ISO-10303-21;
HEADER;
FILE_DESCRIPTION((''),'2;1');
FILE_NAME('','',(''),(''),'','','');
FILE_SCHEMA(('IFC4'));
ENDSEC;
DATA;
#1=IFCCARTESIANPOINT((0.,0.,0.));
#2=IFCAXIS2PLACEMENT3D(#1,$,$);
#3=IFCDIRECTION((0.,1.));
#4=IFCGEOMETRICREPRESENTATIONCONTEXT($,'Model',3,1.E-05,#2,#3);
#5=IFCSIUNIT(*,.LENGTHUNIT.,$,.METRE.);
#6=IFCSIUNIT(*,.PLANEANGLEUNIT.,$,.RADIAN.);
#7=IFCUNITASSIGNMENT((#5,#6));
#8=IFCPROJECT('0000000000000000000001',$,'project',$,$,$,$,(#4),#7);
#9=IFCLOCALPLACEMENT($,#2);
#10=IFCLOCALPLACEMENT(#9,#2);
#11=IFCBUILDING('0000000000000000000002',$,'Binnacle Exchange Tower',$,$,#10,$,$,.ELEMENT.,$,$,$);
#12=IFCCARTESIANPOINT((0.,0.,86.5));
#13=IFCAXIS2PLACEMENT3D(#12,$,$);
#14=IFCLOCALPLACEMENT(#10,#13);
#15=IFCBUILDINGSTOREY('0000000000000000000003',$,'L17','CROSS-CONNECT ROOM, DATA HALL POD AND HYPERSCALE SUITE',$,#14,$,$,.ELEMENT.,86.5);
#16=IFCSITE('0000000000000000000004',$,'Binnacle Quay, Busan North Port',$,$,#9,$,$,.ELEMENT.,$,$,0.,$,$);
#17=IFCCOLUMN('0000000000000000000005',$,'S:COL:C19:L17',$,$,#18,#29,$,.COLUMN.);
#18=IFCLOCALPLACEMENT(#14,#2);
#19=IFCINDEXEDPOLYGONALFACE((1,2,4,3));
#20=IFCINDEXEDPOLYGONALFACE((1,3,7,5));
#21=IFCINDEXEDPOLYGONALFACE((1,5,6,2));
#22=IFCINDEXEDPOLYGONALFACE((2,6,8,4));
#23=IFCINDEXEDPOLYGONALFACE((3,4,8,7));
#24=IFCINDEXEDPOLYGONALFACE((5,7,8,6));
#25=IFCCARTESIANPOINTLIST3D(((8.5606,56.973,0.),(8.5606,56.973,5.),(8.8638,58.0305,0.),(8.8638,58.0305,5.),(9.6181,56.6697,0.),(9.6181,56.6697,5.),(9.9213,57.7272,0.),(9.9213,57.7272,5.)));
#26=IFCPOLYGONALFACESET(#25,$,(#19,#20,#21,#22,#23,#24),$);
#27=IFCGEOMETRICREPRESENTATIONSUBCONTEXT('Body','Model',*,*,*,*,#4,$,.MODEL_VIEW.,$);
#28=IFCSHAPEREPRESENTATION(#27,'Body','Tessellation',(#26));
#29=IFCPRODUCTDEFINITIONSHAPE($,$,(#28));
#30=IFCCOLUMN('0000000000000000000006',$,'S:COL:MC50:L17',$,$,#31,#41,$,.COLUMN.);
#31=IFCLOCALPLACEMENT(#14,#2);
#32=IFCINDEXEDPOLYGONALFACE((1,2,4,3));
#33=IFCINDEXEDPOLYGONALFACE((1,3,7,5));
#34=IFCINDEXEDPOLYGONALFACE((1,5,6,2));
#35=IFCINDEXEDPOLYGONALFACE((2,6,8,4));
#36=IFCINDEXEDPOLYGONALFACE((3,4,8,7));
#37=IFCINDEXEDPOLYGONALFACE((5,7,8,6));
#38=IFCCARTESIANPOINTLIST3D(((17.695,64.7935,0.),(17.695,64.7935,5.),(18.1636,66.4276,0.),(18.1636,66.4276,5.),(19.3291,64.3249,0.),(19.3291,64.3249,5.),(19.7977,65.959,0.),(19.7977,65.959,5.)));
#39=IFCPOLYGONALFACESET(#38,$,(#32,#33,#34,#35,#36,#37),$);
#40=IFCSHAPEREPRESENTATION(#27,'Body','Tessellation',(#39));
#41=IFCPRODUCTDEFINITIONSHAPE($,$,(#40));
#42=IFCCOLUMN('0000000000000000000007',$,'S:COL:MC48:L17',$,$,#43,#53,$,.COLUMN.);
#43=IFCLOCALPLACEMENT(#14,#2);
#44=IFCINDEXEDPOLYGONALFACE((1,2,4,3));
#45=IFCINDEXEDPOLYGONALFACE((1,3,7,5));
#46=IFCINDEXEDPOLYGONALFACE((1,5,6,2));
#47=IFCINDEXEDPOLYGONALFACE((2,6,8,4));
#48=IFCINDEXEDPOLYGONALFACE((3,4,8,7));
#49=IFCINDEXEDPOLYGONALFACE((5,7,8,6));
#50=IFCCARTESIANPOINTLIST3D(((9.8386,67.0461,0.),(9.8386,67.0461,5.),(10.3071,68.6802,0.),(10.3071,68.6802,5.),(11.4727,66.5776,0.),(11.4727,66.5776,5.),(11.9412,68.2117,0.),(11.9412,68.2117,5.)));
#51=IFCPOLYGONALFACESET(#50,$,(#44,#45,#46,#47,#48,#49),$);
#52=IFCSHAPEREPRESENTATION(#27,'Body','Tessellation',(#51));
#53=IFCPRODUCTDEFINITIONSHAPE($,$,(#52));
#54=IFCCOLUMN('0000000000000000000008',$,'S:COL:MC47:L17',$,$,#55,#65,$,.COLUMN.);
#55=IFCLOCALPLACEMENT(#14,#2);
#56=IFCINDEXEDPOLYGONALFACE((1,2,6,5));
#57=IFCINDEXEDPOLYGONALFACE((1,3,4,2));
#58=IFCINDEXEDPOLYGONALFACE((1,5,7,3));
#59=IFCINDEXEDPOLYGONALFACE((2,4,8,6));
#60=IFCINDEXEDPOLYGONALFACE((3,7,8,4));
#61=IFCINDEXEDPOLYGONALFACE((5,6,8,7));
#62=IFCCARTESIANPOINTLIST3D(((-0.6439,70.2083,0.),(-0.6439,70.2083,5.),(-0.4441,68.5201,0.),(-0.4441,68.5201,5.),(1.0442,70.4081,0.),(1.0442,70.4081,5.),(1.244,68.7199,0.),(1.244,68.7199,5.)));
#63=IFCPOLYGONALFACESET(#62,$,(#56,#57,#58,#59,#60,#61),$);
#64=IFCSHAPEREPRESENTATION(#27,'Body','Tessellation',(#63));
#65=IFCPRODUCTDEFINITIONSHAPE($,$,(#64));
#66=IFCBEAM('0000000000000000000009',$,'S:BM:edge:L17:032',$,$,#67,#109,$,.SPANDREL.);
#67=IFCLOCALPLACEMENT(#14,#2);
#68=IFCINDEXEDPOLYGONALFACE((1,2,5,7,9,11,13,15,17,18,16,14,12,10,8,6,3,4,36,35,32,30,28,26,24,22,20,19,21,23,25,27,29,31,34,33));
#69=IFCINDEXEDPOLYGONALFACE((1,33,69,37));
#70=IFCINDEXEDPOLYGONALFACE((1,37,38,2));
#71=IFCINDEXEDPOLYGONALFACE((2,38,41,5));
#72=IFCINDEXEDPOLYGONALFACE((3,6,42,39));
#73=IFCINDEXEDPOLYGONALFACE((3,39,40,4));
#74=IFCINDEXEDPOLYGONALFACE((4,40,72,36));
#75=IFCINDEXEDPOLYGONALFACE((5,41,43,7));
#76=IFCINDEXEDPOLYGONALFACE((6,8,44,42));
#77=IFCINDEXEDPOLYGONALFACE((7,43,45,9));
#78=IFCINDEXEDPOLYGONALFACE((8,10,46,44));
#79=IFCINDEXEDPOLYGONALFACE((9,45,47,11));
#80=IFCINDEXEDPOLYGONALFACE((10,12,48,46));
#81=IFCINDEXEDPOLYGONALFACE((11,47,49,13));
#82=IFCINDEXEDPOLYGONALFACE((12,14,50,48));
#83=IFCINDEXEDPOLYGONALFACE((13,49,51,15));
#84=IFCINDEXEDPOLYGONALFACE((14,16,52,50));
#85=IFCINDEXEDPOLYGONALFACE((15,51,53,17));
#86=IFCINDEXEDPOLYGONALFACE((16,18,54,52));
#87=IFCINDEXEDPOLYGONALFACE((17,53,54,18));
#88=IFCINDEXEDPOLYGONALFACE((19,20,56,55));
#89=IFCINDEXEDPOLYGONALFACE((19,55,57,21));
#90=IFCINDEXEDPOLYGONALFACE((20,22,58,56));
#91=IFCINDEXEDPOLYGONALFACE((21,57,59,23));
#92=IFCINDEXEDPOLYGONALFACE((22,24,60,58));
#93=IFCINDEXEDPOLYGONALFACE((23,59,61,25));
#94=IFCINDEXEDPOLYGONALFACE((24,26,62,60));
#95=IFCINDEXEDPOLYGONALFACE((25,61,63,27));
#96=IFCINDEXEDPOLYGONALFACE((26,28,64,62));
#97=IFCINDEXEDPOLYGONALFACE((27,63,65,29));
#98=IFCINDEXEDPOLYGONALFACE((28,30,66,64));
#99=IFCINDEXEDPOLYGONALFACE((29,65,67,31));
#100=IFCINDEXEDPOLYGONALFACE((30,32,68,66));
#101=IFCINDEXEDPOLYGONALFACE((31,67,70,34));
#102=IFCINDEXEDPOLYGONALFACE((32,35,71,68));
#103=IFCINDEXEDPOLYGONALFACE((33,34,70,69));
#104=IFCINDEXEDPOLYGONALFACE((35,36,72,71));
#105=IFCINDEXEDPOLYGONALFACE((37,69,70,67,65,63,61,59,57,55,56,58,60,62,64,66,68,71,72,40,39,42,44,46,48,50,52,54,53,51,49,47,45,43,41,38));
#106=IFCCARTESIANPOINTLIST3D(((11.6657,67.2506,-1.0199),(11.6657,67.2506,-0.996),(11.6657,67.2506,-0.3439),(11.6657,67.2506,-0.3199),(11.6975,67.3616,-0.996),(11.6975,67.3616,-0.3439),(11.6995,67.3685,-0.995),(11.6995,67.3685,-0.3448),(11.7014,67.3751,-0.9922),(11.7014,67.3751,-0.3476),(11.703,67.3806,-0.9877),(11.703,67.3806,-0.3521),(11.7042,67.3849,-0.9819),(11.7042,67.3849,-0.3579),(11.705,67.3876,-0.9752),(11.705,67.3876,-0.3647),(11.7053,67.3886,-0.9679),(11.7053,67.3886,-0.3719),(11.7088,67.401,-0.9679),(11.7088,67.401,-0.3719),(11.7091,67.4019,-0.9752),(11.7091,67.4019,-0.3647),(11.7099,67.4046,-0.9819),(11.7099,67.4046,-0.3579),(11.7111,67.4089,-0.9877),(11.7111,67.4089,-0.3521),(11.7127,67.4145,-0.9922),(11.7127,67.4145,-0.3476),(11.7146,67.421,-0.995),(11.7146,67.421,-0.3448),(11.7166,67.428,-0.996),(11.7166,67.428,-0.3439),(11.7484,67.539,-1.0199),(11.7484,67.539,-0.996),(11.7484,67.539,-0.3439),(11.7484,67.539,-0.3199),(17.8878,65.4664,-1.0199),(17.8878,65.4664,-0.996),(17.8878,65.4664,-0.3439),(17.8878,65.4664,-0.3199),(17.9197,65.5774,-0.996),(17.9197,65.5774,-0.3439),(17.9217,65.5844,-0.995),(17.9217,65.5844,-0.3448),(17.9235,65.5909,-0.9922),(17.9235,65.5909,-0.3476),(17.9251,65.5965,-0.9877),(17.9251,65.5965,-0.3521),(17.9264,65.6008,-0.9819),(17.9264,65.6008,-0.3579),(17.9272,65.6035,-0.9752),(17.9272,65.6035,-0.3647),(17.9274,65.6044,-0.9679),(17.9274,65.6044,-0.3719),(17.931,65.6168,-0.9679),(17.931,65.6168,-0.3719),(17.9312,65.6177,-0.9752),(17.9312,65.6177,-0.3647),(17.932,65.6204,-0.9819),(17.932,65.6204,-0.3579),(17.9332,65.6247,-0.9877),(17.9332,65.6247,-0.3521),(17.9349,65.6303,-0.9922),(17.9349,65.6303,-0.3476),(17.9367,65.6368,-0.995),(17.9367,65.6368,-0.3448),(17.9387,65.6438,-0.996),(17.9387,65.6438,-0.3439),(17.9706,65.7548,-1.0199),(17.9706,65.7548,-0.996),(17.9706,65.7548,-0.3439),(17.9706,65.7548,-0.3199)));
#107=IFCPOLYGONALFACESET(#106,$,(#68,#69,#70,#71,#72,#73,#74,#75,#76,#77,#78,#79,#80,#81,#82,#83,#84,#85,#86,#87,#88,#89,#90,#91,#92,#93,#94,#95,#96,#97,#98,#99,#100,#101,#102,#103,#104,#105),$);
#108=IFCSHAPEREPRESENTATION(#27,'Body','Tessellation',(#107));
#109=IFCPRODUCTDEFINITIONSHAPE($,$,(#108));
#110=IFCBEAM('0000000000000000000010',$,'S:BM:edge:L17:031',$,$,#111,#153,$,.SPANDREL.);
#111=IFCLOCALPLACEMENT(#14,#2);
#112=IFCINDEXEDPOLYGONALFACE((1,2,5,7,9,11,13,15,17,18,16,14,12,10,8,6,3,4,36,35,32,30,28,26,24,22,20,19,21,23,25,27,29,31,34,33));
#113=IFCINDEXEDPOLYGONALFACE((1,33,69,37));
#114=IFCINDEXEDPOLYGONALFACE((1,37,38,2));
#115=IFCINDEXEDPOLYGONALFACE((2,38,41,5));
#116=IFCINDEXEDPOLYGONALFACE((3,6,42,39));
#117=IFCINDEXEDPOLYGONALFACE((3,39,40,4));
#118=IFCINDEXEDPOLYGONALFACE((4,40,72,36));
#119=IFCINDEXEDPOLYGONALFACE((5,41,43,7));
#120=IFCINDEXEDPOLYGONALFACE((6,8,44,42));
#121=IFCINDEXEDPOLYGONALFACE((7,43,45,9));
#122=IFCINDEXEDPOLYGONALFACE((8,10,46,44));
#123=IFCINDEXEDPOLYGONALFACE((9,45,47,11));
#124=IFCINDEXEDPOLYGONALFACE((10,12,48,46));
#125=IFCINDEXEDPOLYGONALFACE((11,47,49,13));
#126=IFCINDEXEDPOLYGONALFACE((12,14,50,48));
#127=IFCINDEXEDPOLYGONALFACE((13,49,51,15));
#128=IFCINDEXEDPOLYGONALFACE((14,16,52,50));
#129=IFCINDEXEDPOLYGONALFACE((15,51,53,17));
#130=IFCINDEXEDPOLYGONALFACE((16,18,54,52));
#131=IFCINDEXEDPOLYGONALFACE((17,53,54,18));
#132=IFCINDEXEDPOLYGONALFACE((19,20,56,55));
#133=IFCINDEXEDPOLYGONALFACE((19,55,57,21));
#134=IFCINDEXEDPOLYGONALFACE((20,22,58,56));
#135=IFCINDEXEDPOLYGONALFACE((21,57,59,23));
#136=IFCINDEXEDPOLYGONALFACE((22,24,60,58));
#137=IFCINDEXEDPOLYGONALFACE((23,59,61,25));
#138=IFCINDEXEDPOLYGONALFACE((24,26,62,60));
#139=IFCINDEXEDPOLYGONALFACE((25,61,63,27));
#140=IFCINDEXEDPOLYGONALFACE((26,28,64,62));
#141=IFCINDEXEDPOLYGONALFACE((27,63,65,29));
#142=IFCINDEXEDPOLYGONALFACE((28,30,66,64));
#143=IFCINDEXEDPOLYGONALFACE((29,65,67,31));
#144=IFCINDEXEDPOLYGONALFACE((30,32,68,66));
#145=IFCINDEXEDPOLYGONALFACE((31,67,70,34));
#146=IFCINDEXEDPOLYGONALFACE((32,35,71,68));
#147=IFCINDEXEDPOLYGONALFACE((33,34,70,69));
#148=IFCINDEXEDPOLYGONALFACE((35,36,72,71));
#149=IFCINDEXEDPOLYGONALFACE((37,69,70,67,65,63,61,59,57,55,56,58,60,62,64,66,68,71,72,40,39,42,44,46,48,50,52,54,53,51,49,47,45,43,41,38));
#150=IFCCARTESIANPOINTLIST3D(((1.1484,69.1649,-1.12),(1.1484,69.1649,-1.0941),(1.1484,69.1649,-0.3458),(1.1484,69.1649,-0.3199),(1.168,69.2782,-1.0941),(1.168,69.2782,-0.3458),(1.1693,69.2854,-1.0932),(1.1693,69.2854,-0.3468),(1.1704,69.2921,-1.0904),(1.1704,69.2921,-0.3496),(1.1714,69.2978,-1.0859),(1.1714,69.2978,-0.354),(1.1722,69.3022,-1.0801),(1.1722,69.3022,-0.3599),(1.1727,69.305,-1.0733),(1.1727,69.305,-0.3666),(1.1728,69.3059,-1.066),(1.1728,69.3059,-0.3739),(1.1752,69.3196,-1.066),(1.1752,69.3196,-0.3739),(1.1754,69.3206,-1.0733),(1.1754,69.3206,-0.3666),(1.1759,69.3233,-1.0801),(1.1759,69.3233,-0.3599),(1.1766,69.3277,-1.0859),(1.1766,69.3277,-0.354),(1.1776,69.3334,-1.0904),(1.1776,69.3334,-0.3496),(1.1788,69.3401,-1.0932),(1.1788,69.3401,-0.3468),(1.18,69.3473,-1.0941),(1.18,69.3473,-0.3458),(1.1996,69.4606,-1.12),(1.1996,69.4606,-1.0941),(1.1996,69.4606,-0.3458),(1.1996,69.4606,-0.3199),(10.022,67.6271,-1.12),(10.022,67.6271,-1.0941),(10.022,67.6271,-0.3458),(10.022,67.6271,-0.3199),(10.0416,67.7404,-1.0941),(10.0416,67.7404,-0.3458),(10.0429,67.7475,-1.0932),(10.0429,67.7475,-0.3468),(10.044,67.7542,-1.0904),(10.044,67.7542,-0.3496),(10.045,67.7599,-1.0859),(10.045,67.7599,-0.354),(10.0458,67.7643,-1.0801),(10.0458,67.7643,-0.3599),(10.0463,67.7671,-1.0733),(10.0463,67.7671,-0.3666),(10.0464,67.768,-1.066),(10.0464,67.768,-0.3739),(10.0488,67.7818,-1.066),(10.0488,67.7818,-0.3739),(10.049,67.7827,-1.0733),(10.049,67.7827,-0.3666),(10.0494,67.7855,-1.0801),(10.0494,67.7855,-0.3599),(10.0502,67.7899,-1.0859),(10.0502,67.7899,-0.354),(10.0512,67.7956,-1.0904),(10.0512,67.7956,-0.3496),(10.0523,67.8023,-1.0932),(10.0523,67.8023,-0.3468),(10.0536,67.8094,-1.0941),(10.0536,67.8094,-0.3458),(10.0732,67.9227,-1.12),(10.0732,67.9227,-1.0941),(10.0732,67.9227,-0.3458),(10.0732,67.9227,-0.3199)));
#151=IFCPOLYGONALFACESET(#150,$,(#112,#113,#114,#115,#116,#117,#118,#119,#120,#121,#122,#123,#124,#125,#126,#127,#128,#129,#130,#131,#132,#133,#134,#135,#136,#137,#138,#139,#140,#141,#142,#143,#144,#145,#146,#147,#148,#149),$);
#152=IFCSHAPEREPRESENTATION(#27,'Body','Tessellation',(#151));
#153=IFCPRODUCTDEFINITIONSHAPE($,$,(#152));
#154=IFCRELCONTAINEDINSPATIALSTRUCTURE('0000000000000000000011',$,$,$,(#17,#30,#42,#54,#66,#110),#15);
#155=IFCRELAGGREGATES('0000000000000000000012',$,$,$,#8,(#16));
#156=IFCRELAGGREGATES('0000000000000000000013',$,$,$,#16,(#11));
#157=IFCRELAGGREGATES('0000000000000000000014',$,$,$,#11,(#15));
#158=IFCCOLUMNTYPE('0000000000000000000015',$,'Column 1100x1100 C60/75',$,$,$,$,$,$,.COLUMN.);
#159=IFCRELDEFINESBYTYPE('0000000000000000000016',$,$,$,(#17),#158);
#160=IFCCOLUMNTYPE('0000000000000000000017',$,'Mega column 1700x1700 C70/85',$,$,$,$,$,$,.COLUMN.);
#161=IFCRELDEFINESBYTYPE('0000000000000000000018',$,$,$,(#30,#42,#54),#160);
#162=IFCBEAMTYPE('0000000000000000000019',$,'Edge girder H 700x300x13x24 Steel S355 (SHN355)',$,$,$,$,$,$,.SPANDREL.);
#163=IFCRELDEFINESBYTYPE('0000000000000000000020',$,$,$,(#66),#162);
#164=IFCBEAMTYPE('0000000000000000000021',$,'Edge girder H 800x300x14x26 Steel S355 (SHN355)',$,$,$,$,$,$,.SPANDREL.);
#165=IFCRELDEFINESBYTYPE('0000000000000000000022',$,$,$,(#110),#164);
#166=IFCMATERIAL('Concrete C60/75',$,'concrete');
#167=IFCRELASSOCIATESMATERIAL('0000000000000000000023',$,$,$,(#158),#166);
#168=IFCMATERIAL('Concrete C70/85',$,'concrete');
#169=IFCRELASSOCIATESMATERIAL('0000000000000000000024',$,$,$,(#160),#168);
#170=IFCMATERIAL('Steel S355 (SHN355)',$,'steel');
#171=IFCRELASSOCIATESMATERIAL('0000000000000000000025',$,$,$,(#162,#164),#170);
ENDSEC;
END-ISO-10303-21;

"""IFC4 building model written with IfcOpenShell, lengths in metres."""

from ifc_helpers import new_model, si_unit, direction, frame, origin, origin_2d, place, context, subcontext, project, spatial, rectangle, i_section, extrude, material, material_profile, profile_set, type_object, element, save


model = new_model("IFC4")

# Units and contexts
model_context = context("Model", 3, precision=1e-05, world=origin(), true_north=direction((0.0, 1.0)))
body_context = subcontext(model_context, "Body", "Model", "MODEL_VIEW")
ifc_project = project(units=[si_unit("LENGTHUNIT", "METRE"), si_unit("PLANEANGLEUNIT", "RADIAN")], contexts=[model_context])

# Site, building, storey
site_placement = place(None, origin())
site = spatial("IfcSite", under=ifc_project, at=site_placement, Name="Binnacle Quay, Busan North Port", CompositionType="ELEMENT", RefElevation=0.0)
building_placement = place(site_placement, origin())
building = spatial("IfcBuilding", under=site, at=building_placement, Name="Binnacle Exchange Tower", CompositionType="ELEMENT")
storey_placement = place(building_placement, frame((0.0, 0.0, 86.5)))
storey = spatial("IfcBuildingStorey", under=building, at=storey_placement, Name="L17", Description="CROSS-CONNECT ROOM, DATA HALL POD AND HYPERSCALE SUITE", CompositionType="ELEMENT", Elevation=86.5)

# Columns
ifc_material_1 = material(Name="Concrete C60/75", Category="concrete")
ifc_material_profile_1 = material_profile(ifc_material_1, rectangle(XDim=1.1001, YDim=1.1001, at=origin_2d()), Name="Column 1100x1100 C60/75")
ifc_profile_set_1 = profile_set([ifc_material_profile_1], Name="Concrete C60/75")
column_type_1 = type_object("IfcColumnType", Name="Column 1100x1100 C60/75", PredefinedType="COLUMN", material=ifc_profile_set_1)
column_placement = place(storey_placement, frame((9.241, 57.3501, 0.0), z_axis=(0.0, 0.0, 1.0), x_axis=(0.961262, -0.275637, 0.0)))
element("IfcColumn", 1, at=column_placement, inside=storey, type_object=column_type_1, Name="S:COL:C19:L17", PredefinedType="COLUMN", context=body_context, shape_type="SweptSolid", body=[
    extrude(rectangle(XDim=1.1001, YDim=1.1001, at=origin_2d()), origin(), (0.0, 0.0, 1.0), 5.0),
])
ifc_material_2 = material(Name="Concrete C70/85", Category="concrete")
ifc_material_profile_2 = material_profile(ifc_material_2, rectangle(XDim=1.7, YDim=1.7, at=origin_2d()), Name="Mega column 1700x1700 C70/85")
ifc_profile_set_2 = profile_set([ifc_material_profile_2], Name="Concrete C70/85")
column_type_2 = type_object("IfcColumnType", Name="Mega column 1700x1700 C70/85", PredefinedType="COLUMN", material=ifc_profile_set_2)
for number, where, z_axis, x_axis, name in (
    (2, (18.7463, 65.3762, 0.0), (0.0, 0.0, 1.0), (-0.961262, 0.275637, 0.0), "S:COL:MC50:L17"),
    (3, (10.8899, 67.6289, 0.0), (0.0, 0.0, 1.0), (-0.961262, 0.275637, 0.0), "S:COL:MC48:L17"),
    (4, (0.3, 69.4641, 0.0), (0.0, 0.0, 1.0), (-0.993068, -0.117537, 0.0), "S:COL:MC47:L17"),
):
    element("IfcColumn", number, at=place(storey_placement, frame(where, z_axis=z_axis, x_axis=x_axis)), inside=storey, type_object=column_type_2, Name=name, PredefinedType="COLUMN", context=body_context, shape_type="SweptSolid", body=[
        extrude(rectangle(XDim=1.7, YDim=1.7, at=origin_2d()), origin(), (0.0, 0.0, 1.0), 5.0),
    ])

# Beams
ifc_material_3 = material(Name="Steel S355 (SHN355)", Category="steel")
ifc_material_profile_3 = material_profile(ifc_material_3, i_section(OverallWidth=0.3, OverallDepth=0.7, WebThickness=0.0129, FlangeThickness=0.0239, FilletRadius=0.0281, at=origin_2d()), Name="H 700x300x13x24")
ifc_profile_set_3 = profile_set([ifc_material_profile_3], Name="Steel S355 (SHN355)")
beam_type_1 = type_object("IfcBeamType", Name="Edge girder H 700x300x13x24 Steel S355 (SHN355)", PredefinedType="SPANDREL", material=ifc_profile_set_3)
beam_1_placement = place(storey_placement, frame((17.9292, 65.6106, -0.6699), z_axis=(-0.961262, 0.275638, 0.0), x_axis=(-0.275638, -0.961262, 0.0)))
element("IfcBeam", 5, at=beam_1_placement, inside=storey, type_object=beam_type_1, Name="S:BM:edge:L17:032", PredefinedType="SPANDREL", context=body_context, shape_type="SweptSolid", body=[
    extrude(i_section(OverallWidth=0.3, OverallDepth=0.7, WebThickness=0.0129, FlangeThickness=0.0239, FilletRadius=0.0281, at=origin_2d()), origin(), (0.0, 0.0, 1.0), 6.4729),
])
ifc_material_profile_4 = material_profile(ifc_material_3, i_section(OverallWidth=0.3, OverallDepth=0.8, WebThickness=0.0139, FlangeThickness=0.0259, FilletRadius=0.0281, at=origin_2d()), Name="H 800x300x14x26")
ifc_profile_set_4 = profile_set([ifc_material_profile_4], Name="Steel S355 (SHN355)")
beam_type_2 = type_object("IfcBeamType", Name="Edge girder H 800x300x14x26 Steel S355 (SHN355)", PredefinedType="SPANDREL", material=ifc_profile_set_4)
beam_2_placement = place(storey_placement, frame((10.0476, 67.7749, -0.72), z_axis=(-0.985312, 0.170761, 0.0), x_axis=(-0.170761, -0.985312, 0.0)))
element("IfcBeam", 6, at=beam_2_placement, inside=storey, type_object=beam_type_2, Name="S:BM:edge:L17:031", PredefinedType="SPANDREL", context=body_context, shape_type="SweptSolid", body=[
    extrude(i_section(OverallWidth=0.3, OverallDepth=0.8, WebThickness=0.0139, FlangeThickness=0.0259, FilletRadius=0.0281, at=origin_2d()), origin(), (0.0, 0.0, 1.0), 9.0059),
])

save(model, "model.ifc")
